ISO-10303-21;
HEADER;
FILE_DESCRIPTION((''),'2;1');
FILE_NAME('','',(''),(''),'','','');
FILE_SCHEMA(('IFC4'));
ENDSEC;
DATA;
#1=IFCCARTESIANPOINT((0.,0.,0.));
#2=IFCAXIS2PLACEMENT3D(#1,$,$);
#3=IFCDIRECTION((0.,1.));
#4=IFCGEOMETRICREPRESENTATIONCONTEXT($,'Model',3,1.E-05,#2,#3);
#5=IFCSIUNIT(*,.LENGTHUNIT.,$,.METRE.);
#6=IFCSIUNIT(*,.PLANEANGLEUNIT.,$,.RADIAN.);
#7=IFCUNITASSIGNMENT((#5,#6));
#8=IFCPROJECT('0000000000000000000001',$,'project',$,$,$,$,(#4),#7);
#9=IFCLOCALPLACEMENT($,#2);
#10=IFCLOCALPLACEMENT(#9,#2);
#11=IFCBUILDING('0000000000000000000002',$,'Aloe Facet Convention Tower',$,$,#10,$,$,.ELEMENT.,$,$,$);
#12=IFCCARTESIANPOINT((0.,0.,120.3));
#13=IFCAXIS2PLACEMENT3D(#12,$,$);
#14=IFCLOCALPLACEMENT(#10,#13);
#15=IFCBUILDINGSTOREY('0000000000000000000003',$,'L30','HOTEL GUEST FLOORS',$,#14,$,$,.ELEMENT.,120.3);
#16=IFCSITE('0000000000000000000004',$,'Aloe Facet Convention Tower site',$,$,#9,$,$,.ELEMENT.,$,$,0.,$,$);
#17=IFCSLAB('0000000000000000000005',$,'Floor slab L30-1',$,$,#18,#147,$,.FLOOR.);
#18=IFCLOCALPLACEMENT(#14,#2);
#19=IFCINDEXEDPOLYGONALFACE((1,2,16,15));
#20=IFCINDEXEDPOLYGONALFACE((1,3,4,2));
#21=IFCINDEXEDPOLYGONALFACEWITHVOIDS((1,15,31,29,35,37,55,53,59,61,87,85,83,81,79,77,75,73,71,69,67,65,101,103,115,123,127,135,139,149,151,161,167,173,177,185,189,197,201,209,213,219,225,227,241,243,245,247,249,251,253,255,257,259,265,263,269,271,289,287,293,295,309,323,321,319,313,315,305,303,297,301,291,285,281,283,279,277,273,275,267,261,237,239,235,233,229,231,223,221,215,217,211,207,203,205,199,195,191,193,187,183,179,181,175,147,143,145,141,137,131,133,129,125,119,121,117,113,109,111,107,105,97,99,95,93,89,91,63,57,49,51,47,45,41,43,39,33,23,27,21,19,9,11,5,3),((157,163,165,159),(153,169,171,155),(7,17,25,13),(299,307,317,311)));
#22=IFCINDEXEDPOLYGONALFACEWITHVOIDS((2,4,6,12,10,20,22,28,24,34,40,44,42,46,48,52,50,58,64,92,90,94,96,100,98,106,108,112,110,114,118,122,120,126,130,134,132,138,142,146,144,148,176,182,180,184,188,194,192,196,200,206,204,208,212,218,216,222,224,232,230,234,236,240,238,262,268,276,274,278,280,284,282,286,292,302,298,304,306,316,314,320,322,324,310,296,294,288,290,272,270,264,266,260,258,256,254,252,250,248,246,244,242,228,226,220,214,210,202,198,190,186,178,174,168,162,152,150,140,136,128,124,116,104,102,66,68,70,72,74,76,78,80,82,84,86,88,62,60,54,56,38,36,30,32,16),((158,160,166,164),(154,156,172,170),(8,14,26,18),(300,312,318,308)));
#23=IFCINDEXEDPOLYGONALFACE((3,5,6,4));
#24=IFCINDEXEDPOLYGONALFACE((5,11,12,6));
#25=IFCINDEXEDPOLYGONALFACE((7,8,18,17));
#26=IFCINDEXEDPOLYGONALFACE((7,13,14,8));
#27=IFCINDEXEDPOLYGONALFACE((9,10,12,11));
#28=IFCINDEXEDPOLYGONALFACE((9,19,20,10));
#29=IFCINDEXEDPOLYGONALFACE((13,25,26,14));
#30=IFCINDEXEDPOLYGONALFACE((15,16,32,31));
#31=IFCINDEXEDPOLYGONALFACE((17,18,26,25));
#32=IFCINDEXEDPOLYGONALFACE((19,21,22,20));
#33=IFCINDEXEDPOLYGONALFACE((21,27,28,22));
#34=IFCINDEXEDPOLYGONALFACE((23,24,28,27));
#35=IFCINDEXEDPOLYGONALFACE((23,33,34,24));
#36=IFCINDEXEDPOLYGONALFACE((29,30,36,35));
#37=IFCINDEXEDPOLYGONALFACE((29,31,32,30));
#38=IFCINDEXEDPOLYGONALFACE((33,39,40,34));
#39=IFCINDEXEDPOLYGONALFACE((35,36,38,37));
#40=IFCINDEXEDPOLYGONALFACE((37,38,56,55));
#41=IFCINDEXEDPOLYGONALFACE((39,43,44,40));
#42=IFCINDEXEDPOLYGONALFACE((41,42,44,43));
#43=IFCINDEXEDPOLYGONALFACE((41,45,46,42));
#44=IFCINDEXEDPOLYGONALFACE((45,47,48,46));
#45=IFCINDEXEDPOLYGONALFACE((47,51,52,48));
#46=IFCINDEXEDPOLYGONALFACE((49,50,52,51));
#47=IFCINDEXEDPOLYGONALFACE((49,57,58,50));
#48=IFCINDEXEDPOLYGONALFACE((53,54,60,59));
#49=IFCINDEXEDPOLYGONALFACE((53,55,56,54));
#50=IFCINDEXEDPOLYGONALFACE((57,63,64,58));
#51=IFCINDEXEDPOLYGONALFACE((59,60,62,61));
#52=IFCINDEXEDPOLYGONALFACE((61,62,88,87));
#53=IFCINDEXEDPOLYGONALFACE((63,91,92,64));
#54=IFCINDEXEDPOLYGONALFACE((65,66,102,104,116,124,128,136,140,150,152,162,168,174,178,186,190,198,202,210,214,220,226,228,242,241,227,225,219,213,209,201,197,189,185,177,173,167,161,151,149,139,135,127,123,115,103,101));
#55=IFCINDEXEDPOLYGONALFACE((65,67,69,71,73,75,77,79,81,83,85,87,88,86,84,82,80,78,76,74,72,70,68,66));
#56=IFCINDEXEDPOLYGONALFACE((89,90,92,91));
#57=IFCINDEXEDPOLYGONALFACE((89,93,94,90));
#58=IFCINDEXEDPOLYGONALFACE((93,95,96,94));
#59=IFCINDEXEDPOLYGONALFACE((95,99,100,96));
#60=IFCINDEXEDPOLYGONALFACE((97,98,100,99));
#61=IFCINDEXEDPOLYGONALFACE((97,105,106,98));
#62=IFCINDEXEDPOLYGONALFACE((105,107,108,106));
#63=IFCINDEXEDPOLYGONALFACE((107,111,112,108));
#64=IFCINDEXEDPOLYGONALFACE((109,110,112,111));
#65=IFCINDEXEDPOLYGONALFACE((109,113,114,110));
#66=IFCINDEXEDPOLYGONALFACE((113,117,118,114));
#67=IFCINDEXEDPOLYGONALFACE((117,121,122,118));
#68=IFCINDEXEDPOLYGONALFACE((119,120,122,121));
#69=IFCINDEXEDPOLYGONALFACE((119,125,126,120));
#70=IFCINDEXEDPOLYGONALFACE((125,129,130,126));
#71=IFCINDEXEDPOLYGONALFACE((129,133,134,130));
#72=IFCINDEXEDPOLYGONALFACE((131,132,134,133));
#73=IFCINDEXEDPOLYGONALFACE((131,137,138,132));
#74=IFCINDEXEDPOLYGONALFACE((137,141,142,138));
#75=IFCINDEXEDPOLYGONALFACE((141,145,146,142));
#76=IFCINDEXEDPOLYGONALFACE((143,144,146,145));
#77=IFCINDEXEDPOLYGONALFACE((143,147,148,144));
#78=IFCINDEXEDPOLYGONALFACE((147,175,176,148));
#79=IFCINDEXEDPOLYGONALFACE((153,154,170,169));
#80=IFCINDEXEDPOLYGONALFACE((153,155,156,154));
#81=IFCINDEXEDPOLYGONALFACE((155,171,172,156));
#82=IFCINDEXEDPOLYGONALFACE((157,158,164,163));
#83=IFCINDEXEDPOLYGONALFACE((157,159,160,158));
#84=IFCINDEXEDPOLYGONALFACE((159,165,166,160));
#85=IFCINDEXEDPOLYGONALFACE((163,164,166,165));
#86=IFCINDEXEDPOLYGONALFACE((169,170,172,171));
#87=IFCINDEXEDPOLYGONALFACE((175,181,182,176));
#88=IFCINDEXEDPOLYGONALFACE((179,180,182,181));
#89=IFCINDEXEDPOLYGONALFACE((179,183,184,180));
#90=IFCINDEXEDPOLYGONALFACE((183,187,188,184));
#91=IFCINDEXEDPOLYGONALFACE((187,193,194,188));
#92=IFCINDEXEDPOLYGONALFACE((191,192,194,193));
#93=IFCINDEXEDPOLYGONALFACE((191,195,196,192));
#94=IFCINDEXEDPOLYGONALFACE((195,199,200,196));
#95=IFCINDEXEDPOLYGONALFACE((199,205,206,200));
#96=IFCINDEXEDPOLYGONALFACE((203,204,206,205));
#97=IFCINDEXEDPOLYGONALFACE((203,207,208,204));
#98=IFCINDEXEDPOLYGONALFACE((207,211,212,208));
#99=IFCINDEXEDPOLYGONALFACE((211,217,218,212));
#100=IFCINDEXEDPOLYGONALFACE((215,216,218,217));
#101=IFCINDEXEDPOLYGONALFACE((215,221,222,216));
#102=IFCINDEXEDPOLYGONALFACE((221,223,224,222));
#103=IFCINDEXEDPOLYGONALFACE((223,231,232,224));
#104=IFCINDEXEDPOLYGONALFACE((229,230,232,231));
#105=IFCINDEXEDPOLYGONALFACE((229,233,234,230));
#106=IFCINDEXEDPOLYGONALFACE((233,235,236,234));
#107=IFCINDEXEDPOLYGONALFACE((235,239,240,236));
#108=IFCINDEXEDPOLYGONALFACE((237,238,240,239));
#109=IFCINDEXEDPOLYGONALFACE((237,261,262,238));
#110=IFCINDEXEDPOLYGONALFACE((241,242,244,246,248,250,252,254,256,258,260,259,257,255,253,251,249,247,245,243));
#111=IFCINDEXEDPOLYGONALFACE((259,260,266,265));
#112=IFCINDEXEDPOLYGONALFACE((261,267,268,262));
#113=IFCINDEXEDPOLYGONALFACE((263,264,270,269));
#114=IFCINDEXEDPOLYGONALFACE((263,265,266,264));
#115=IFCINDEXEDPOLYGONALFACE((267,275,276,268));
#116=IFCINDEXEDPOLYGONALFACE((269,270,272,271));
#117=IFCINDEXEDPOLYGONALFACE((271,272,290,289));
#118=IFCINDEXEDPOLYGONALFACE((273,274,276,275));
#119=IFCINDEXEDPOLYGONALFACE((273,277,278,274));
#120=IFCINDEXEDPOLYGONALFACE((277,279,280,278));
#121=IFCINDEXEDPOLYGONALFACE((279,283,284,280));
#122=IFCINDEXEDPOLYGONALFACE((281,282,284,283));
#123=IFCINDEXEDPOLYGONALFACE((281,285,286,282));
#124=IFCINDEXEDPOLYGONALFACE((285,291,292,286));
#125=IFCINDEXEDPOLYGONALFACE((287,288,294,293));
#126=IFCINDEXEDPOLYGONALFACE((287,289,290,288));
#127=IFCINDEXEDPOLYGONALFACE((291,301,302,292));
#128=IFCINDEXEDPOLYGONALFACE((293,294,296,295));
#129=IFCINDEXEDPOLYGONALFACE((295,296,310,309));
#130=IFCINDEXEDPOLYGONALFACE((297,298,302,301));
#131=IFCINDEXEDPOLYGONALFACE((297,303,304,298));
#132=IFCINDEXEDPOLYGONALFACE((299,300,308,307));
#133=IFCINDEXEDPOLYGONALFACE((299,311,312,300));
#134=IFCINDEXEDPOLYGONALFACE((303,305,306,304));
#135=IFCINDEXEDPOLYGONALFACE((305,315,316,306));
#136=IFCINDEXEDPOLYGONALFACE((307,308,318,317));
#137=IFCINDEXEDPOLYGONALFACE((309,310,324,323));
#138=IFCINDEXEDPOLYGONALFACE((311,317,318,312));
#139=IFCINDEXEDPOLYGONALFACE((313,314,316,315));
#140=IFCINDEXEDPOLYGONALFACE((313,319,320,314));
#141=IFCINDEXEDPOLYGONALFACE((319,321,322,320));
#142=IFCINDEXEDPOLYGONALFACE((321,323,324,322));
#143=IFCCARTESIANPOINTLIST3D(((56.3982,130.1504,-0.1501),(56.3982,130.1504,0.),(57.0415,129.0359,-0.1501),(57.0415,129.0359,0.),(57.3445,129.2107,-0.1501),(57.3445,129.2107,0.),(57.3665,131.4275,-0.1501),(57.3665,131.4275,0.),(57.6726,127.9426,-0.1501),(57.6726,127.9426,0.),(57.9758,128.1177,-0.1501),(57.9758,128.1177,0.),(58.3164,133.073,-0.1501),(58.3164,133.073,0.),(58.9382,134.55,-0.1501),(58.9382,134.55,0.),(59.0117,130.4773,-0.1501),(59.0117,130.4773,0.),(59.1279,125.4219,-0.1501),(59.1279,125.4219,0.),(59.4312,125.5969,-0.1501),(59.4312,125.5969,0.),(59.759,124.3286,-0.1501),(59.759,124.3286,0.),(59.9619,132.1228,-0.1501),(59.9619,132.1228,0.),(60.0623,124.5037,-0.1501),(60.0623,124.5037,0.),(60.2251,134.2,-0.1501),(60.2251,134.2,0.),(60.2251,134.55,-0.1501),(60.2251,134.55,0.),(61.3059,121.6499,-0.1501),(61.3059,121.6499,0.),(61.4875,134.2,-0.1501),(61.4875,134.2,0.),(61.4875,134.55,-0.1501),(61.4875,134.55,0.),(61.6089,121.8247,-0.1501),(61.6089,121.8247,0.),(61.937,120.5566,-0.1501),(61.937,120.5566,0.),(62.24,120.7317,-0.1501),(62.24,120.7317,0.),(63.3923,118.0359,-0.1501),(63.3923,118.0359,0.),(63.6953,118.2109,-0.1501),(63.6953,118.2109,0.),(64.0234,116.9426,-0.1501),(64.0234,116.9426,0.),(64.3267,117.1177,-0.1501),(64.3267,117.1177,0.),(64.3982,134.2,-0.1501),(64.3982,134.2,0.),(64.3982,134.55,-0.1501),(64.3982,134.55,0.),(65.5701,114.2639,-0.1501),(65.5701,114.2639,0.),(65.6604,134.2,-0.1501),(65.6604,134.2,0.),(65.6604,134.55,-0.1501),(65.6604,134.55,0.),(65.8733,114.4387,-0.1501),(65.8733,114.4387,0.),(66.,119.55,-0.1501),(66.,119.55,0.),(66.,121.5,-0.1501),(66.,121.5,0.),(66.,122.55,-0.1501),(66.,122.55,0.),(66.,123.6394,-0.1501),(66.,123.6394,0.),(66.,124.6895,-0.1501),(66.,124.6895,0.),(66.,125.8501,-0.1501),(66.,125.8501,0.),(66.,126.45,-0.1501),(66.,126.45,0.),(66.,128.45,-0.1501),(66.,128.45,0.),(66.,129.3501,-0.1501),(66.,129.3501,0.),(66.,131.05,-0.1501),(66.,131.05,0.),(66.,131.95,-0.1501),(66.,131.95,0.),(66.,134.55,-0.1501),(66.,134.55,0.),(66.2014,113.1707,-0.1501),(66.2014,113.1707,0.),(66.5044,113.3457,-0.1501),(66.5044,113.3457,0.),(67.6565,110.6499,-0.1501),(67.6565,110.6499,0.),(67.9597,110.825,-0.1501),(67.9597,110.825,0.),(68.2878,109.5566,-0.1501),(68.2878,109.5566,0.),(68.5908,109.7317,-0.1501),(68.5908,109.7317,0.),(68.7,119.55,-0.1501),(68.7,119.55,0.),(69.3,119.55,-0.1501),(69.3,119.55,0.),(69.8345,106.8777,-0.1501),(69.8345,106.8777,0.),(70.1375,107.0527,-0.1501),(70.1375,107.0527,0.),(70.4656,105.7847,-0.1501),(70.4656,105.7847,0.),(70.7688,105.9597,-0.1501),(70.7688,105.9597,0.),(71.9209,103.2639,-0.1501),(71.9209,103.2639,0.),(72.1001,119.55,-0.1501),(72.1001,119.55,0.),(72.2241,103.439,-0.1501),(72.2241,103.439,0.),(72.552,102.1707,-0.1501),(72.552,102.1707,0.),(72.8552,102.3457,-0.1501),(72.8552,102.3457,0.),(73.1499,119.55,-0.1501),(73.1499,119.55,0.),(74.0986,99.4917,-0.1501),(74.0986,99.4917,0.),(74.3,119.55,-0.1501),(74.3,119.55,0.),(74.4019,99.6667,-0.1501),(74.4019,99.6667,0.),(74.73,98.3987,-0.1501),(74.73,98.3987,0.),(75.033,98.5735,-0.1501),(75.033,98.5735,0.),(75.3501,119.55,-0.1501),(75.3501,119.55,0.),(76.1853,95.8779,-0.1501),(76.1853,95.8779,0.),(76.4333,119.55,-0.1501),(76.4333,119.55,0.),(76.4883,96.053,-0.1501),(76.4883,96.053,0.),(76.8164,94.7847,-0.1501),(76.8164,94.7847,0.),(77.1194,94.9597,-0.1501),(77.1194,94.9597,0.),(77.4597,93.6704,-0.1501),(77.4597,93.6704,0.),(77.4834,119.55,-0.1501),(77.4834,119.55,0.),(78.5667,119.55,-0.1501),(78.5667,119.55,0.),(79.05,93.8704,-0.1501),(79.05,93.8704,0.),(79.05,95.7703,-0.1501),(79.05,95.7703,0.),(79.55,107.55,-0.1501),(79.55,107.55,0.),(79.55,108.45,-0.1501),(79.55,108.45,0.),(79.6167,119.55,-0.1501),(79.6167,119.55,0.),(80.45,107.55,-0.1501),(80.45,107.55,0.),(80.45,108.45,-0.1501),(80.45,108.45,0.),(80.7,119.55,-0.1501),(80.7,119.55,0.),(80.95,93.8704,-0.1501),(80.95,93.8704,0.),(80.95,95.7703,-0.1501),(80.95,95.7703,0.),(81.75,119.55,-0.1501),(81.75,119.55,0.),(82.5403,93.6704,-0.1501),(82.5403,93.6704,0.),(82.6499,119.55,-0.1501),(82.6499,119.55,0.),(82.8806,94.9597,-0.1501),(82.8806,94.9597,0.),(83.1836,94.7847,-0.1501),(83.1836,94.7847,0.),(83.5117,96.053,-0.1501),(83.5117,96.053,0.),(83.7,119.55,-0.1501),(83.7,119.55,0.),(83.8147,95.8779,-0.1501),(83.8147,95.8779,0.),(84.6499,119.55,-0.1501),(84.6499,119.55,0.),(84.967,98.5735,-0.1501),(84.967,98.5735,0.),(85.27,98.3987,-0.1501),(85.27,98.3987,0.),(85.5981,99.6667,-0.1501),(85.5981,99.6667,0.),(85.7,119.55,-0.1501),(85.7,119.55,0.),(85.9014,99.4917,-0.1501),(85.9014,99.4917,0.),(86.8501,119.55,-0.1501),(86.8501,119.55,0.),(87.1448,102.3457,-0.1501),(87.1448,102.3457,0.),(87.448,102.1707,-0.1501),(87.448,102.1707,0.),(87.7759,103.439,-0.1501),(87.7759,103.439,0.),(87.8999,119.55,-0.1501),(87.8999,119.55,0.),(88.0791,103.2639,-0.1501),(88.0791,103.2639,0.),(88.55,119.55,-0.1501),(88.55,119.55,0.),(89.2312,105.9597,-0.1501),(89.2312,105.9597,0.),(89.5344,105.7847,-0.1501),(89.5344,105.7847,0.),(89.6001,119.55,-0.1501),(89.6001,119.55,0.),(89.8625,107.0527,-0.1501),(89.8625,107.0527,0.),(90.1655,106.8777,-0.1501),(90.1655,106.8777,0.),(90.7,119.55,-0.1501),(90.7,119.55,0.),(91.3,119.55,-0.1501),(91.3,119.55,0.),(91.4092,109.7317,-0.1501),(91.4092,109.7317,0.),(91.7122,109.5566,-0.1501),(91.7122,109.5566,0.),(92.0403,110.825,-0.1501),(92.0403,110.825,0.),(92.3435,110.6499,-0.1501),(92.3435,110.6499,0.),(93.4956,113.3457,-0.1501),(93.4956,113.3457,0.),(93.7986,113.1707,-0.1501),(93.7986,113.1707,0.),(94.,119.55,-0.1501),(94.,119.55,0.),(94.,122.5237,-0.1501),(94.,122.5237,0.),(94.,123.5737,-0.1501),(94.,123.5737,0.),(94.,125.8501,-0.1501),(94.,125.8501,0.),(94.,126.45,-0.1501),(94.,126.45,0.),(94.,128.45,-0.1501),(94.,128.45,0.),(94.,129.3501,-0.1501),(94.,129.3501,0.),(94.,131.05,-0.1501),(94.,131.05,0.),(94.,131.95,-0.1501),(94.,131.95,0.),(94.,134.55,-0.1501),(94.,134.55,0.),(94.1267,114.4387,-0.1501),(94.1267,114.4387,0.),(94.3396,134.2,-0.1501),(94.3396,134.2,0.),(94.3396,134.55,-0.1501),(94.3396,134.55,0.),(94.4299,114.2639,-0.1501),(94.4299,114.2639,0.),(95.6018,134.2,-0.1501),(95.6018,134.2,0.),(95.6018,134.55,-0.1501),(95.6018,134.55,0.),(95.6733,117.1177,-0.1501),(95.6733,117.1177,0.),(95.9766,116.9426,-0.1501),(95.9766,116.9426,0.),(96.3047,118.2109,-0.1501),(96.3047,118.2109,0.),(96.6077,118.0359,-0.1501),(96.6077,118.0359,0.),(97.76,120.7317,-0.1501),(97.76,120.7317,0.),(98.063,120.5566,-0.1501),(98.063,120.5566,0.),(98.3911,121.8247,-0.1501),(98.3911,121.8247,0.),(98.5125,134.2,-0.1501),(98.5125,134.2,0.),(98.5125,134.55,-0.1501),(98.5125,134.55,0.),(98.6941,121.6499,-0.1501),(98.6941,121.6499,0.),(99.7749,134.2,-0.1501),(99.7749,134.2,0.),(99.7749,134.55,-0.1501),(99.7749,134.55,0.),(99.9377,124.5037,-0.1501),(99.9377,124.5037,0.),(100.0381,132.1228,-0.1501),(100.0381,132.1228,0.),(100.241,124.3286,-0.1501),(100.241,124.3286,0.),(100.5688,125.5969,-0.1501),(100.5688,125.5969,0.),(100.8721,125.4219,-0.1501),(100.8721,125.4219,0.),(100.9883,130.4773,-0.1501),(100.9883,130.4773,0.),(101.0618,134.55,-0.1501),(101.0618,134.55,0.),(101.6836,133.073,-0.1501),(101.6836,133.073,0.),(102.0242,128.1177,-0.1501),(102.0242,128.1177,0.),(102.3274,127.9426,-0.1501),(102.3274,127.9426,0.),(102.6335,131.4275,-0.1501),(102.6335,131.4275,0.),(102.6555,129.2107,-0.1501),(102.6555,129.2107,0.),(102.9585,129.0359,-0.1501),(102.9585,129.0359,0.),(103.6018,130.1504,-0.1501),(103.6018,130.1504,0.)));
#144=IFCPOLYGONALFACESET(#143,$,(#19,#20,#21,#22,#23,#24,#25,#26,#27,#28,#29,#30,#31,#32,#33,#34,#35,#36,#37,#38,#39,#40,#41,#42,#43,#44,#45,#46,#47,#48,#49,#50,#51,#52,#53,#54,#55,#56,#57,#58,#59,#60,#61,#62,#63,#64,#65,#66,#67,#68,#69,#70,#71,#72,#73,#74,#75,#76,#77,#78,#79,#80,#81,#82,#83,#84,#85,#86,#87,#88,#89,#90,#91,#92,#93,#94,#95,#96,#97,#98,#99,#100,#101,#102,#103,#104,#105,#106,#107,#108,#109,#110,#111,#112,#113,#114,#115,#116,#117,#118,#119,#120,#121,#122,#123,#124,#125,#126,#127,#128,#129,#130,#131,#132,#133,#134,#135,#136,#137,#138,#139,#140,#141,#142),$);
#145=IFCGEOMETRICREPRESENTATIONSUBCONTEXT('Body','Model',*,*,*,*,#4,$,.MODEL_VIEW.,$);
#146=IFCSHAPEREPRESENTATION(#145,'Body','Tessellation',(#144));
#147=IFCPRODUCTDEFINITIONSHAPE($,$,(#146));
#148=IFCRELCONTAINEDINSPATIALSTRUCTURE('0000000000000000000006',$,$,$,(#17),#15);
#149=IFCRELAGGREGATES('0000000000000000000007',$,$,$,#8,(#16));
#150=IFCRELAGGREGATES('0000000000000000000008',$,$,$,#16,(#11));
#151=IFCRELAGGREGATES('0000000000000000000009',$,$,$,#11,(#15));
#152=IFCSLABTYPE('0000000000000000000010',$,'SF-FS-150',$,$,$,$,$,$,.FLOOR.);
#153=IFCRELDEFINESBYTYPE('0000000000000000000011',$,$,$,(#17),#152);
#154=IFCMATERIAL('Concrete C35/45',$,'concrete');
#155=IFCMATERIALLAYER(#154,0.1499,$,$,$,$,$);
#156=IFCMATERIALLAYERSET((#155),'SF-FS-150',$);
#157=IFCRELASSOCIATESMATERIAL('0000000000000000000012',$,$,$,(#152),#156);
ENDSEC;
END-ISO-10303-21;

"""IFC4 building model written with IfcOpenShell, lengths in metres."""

from ifc_helpers import new_model, si_unit, direction, frame, origin, place, context, subcontext, project, spatial, polyline, outline, extrude, material, layer, layer_set, type_object, element, save


model = new_model("IFC4")

# Units and contexts
model_context = context("Model", 3, precision=1e-05, world=origin(), true_north=direction((0.0, 1.0)))
body_context = subcontext(model_context, "Body", "Model", "MODEL_VIEW")
ifc_project = project(units=[si_unit("LENGTHUNIT", "METRE"), si_unit("PLANEANGLEUNIT", "RADIAN")], contexts=[model_context])

# Site, building, storey
site_placement = place(None, origin())
site = spatial("IfcSite", under=ifc_project, at=site_placement, Name="Aloe Facet Convention Tower site", CompositionType="ELEMENT", RefElevation=0.0)
building_placement = place(site_placement, origin())
building = spatial("IfcBuilding", under=site, at=building_placement, Name="Aloe Facet Convention Tower", CompositionType="ELEMENT")
storey_placement = place(building_placement, frame((0.0, 0.0, 120.3)))
storey = spatial("IfcBuildingStorey", under=building, at=storey_placement, Name="L30", Description="HOTEL GUEST FLOORS", CompositionType="ELEMENT", Elevation=120.3)

# Slab
ifc_material_1 = material(Name="Concrete C35/45", Category="concrete")
ifc_layer_1 = layer(ifc_material_1, 0.1499)
ifc_layer_set_1 = layer_set([ifc_layer_1], Name="SF-FS-150")
slab_type_1 = type_object("IfcSlabType", Name="SF-FS-150", PredefinedType="FLOOR", material=ifc_layer_set_1)
slab_1_placement = place(storey_placement, frame((0.0, 0.0, -0.1501)))
element("IfcSlab", 1, at=slab_1_placement, inside=storey, type_object=slab_type_1, Name="Floor slab L30-1", PredefinedType="FLOOR", context=body_context, shape_type="SweptSolid", body=[
    extrude(outline(polyline([(103.6018, 130.1504), (102.9585, 129.0359), (102.6555, 129.2107), (102.0242, 128.1177), (102.3274, 127.9426), (100.8721, 125.4219), (100.5688, 125.5969), (99.9377, 124.5037), (100.241, 124.3286), (98.6941, 121.6499), (98.3911, 121.8247), (97.76, 120.7317), (98.063, 120.5566), (96.6077, 118.0359), (96.3047, 118.2109), (95.6733, 117.1177), (95.9766, 116.9426), (94.4299, 114.2639), (94.1267, 114.4387), (93.4956, 113.3457), (93.7986, 113.1707), (92.3435, 110.6499), (92.0403, 110.825), (91.4092, 109.7317), (91.7122, 109.5566), (90.1655, 106.8777), (89.8625, 107.0527), (89.2312, 105.9597), (89.5344, 105.7847), (88.0791, 103.2639), (87.7759, 103.439), (87.1448, 102.3457), (87.448, 102.1707), (85.9014, 99.4917), (85.5981, 99.6667), (84.967, 98.5735), (85.27, 98.3987), (83.8147, 95.8779), (83.5117, 96.053), (82.8806, 94.9597), (83.1836, 94.7847), (82.5403, 93.6704), (77.4597, 93.6704), (76.8164, 94.7847), (77.1194, 94.9597), (76.4883, 96.053), (76.1853, 95.8779), (74.73, 98.3987), (75.033, 98.5735), (74.4019, 99.6667), (74.0986, 99.4917), (72.552, 102.1707), (72.8552, 102.3457), (72.2241, 103.439), (71.9209, 103.2639), (70.4656, 105.7847), (70.7688, 105.9597), (70.1375, 107.0527), (69.8345, 106.8777), (68.2878, 109.5566), (68.5908, 109.7317), (67.9597, 110.825), (67.6565, 110.6499), (66.2014, 113.1707), (66.5044, 113.3457), (65.8733, 114.4387), (65.5701, 114.2639), (64.0234, 116.9426), (64.3267, 117.1177), (63.6953, 118.2109), (63.3923, 118.0359), (61.937, 120.5566), (62.24, 120.7317), (61.6089, 121.8247), (61.3059, 121.6499), (59.759, 124.3286), (60.0623, 124.5037), (59.4312, 125.5969), (59.1279, 125.4219), (57.6726, 127.9426), (57.9758, 128.1177), (57.3445, 129.2107), (57.0415, 129.0359), (56.3982, 130.1504), (58.9382, 134.55), (60.2251, 134.55), (60.2251, 134.2), (61.4875, 134.2), (61.4875, 134.55), (64.3982, 134.55), (64.3982, 134.2), (65.6604, 134.2), (65.6604, 134.55), (66.0, 134.55), (66.0, 131.95), (66.0, 131.05), (66.0, 129.3501), (66.0, 128.45), (66.0, 126.45), (66.0, 125.8501), (66.0, 124.6895), (66.0, 123.6394), (66.0, 122.55), (66.0, 121.5), (66.0, 119.55), (68.7, 119.55), (69.3, 119.55), (72.1001, 119.55), (73.1499, 119.55), (74.3, 119.55), (75.3501, 119.55), (76.4333, 119.55), (77.4834, 119.55), (78.5667, 119.55), (79.6167, 119.55), (80.7, 119.55), (81.75, 119.55), (82.6499, 119.55), (83.7, 119.55), (84.6499, 119.55), (85.7, 119.55), (86.8501, 119.55), (87.8999, 119.55), (88.55, 119.55), (89.6001, 119.55), (90.7, 119.55), (91.3, 119.55), (94.0, 119.55), (94.0, 122.5237), (94.0, 123.5737), (94.0, 125.8501), (94.0, 126.45), (94.0, 128.45), (94.0, 129.3501), (94.0, 131.05), (94.0, 131.95), (94.0, 134.55), (94.3396, 134.55), (94.3396, 134.2), (95.6018, 134.2), (95.6018, 134.55), (98.5125, 134.55), (98.5125, 134.2), (99.7749, 134.2), (99.7749, 134.55), (101.0618, 134.55), (103.6018, 130.1504)]), holes=[polyline([(80.45, 107.55), (80.45, 108.45), (79.55, 108.45), (79.55, 107.55), (80.45, 107.55)]), polyline([(58.3164, 133.073), (57.3665, 131.4275), (59.0117, 130.4773), (59.9619, 132.1228), (58.3164, 133.073)]), polyline([(79.05, 93.8704), (80.95, 93.8704), (80.95, 95.7703), (79.05, 95.7703), (79.05, 93.8704)]), polyline([(102.6335, 131.4275), (101.6836, 133.073), (100.0381, 132.1228), (100.9883, 130.4773), (102.6335, 131.4275)])]), origin(), (0.0, 0.0, 1.0), 0.1501),
])

save(model, "model.ifc")
